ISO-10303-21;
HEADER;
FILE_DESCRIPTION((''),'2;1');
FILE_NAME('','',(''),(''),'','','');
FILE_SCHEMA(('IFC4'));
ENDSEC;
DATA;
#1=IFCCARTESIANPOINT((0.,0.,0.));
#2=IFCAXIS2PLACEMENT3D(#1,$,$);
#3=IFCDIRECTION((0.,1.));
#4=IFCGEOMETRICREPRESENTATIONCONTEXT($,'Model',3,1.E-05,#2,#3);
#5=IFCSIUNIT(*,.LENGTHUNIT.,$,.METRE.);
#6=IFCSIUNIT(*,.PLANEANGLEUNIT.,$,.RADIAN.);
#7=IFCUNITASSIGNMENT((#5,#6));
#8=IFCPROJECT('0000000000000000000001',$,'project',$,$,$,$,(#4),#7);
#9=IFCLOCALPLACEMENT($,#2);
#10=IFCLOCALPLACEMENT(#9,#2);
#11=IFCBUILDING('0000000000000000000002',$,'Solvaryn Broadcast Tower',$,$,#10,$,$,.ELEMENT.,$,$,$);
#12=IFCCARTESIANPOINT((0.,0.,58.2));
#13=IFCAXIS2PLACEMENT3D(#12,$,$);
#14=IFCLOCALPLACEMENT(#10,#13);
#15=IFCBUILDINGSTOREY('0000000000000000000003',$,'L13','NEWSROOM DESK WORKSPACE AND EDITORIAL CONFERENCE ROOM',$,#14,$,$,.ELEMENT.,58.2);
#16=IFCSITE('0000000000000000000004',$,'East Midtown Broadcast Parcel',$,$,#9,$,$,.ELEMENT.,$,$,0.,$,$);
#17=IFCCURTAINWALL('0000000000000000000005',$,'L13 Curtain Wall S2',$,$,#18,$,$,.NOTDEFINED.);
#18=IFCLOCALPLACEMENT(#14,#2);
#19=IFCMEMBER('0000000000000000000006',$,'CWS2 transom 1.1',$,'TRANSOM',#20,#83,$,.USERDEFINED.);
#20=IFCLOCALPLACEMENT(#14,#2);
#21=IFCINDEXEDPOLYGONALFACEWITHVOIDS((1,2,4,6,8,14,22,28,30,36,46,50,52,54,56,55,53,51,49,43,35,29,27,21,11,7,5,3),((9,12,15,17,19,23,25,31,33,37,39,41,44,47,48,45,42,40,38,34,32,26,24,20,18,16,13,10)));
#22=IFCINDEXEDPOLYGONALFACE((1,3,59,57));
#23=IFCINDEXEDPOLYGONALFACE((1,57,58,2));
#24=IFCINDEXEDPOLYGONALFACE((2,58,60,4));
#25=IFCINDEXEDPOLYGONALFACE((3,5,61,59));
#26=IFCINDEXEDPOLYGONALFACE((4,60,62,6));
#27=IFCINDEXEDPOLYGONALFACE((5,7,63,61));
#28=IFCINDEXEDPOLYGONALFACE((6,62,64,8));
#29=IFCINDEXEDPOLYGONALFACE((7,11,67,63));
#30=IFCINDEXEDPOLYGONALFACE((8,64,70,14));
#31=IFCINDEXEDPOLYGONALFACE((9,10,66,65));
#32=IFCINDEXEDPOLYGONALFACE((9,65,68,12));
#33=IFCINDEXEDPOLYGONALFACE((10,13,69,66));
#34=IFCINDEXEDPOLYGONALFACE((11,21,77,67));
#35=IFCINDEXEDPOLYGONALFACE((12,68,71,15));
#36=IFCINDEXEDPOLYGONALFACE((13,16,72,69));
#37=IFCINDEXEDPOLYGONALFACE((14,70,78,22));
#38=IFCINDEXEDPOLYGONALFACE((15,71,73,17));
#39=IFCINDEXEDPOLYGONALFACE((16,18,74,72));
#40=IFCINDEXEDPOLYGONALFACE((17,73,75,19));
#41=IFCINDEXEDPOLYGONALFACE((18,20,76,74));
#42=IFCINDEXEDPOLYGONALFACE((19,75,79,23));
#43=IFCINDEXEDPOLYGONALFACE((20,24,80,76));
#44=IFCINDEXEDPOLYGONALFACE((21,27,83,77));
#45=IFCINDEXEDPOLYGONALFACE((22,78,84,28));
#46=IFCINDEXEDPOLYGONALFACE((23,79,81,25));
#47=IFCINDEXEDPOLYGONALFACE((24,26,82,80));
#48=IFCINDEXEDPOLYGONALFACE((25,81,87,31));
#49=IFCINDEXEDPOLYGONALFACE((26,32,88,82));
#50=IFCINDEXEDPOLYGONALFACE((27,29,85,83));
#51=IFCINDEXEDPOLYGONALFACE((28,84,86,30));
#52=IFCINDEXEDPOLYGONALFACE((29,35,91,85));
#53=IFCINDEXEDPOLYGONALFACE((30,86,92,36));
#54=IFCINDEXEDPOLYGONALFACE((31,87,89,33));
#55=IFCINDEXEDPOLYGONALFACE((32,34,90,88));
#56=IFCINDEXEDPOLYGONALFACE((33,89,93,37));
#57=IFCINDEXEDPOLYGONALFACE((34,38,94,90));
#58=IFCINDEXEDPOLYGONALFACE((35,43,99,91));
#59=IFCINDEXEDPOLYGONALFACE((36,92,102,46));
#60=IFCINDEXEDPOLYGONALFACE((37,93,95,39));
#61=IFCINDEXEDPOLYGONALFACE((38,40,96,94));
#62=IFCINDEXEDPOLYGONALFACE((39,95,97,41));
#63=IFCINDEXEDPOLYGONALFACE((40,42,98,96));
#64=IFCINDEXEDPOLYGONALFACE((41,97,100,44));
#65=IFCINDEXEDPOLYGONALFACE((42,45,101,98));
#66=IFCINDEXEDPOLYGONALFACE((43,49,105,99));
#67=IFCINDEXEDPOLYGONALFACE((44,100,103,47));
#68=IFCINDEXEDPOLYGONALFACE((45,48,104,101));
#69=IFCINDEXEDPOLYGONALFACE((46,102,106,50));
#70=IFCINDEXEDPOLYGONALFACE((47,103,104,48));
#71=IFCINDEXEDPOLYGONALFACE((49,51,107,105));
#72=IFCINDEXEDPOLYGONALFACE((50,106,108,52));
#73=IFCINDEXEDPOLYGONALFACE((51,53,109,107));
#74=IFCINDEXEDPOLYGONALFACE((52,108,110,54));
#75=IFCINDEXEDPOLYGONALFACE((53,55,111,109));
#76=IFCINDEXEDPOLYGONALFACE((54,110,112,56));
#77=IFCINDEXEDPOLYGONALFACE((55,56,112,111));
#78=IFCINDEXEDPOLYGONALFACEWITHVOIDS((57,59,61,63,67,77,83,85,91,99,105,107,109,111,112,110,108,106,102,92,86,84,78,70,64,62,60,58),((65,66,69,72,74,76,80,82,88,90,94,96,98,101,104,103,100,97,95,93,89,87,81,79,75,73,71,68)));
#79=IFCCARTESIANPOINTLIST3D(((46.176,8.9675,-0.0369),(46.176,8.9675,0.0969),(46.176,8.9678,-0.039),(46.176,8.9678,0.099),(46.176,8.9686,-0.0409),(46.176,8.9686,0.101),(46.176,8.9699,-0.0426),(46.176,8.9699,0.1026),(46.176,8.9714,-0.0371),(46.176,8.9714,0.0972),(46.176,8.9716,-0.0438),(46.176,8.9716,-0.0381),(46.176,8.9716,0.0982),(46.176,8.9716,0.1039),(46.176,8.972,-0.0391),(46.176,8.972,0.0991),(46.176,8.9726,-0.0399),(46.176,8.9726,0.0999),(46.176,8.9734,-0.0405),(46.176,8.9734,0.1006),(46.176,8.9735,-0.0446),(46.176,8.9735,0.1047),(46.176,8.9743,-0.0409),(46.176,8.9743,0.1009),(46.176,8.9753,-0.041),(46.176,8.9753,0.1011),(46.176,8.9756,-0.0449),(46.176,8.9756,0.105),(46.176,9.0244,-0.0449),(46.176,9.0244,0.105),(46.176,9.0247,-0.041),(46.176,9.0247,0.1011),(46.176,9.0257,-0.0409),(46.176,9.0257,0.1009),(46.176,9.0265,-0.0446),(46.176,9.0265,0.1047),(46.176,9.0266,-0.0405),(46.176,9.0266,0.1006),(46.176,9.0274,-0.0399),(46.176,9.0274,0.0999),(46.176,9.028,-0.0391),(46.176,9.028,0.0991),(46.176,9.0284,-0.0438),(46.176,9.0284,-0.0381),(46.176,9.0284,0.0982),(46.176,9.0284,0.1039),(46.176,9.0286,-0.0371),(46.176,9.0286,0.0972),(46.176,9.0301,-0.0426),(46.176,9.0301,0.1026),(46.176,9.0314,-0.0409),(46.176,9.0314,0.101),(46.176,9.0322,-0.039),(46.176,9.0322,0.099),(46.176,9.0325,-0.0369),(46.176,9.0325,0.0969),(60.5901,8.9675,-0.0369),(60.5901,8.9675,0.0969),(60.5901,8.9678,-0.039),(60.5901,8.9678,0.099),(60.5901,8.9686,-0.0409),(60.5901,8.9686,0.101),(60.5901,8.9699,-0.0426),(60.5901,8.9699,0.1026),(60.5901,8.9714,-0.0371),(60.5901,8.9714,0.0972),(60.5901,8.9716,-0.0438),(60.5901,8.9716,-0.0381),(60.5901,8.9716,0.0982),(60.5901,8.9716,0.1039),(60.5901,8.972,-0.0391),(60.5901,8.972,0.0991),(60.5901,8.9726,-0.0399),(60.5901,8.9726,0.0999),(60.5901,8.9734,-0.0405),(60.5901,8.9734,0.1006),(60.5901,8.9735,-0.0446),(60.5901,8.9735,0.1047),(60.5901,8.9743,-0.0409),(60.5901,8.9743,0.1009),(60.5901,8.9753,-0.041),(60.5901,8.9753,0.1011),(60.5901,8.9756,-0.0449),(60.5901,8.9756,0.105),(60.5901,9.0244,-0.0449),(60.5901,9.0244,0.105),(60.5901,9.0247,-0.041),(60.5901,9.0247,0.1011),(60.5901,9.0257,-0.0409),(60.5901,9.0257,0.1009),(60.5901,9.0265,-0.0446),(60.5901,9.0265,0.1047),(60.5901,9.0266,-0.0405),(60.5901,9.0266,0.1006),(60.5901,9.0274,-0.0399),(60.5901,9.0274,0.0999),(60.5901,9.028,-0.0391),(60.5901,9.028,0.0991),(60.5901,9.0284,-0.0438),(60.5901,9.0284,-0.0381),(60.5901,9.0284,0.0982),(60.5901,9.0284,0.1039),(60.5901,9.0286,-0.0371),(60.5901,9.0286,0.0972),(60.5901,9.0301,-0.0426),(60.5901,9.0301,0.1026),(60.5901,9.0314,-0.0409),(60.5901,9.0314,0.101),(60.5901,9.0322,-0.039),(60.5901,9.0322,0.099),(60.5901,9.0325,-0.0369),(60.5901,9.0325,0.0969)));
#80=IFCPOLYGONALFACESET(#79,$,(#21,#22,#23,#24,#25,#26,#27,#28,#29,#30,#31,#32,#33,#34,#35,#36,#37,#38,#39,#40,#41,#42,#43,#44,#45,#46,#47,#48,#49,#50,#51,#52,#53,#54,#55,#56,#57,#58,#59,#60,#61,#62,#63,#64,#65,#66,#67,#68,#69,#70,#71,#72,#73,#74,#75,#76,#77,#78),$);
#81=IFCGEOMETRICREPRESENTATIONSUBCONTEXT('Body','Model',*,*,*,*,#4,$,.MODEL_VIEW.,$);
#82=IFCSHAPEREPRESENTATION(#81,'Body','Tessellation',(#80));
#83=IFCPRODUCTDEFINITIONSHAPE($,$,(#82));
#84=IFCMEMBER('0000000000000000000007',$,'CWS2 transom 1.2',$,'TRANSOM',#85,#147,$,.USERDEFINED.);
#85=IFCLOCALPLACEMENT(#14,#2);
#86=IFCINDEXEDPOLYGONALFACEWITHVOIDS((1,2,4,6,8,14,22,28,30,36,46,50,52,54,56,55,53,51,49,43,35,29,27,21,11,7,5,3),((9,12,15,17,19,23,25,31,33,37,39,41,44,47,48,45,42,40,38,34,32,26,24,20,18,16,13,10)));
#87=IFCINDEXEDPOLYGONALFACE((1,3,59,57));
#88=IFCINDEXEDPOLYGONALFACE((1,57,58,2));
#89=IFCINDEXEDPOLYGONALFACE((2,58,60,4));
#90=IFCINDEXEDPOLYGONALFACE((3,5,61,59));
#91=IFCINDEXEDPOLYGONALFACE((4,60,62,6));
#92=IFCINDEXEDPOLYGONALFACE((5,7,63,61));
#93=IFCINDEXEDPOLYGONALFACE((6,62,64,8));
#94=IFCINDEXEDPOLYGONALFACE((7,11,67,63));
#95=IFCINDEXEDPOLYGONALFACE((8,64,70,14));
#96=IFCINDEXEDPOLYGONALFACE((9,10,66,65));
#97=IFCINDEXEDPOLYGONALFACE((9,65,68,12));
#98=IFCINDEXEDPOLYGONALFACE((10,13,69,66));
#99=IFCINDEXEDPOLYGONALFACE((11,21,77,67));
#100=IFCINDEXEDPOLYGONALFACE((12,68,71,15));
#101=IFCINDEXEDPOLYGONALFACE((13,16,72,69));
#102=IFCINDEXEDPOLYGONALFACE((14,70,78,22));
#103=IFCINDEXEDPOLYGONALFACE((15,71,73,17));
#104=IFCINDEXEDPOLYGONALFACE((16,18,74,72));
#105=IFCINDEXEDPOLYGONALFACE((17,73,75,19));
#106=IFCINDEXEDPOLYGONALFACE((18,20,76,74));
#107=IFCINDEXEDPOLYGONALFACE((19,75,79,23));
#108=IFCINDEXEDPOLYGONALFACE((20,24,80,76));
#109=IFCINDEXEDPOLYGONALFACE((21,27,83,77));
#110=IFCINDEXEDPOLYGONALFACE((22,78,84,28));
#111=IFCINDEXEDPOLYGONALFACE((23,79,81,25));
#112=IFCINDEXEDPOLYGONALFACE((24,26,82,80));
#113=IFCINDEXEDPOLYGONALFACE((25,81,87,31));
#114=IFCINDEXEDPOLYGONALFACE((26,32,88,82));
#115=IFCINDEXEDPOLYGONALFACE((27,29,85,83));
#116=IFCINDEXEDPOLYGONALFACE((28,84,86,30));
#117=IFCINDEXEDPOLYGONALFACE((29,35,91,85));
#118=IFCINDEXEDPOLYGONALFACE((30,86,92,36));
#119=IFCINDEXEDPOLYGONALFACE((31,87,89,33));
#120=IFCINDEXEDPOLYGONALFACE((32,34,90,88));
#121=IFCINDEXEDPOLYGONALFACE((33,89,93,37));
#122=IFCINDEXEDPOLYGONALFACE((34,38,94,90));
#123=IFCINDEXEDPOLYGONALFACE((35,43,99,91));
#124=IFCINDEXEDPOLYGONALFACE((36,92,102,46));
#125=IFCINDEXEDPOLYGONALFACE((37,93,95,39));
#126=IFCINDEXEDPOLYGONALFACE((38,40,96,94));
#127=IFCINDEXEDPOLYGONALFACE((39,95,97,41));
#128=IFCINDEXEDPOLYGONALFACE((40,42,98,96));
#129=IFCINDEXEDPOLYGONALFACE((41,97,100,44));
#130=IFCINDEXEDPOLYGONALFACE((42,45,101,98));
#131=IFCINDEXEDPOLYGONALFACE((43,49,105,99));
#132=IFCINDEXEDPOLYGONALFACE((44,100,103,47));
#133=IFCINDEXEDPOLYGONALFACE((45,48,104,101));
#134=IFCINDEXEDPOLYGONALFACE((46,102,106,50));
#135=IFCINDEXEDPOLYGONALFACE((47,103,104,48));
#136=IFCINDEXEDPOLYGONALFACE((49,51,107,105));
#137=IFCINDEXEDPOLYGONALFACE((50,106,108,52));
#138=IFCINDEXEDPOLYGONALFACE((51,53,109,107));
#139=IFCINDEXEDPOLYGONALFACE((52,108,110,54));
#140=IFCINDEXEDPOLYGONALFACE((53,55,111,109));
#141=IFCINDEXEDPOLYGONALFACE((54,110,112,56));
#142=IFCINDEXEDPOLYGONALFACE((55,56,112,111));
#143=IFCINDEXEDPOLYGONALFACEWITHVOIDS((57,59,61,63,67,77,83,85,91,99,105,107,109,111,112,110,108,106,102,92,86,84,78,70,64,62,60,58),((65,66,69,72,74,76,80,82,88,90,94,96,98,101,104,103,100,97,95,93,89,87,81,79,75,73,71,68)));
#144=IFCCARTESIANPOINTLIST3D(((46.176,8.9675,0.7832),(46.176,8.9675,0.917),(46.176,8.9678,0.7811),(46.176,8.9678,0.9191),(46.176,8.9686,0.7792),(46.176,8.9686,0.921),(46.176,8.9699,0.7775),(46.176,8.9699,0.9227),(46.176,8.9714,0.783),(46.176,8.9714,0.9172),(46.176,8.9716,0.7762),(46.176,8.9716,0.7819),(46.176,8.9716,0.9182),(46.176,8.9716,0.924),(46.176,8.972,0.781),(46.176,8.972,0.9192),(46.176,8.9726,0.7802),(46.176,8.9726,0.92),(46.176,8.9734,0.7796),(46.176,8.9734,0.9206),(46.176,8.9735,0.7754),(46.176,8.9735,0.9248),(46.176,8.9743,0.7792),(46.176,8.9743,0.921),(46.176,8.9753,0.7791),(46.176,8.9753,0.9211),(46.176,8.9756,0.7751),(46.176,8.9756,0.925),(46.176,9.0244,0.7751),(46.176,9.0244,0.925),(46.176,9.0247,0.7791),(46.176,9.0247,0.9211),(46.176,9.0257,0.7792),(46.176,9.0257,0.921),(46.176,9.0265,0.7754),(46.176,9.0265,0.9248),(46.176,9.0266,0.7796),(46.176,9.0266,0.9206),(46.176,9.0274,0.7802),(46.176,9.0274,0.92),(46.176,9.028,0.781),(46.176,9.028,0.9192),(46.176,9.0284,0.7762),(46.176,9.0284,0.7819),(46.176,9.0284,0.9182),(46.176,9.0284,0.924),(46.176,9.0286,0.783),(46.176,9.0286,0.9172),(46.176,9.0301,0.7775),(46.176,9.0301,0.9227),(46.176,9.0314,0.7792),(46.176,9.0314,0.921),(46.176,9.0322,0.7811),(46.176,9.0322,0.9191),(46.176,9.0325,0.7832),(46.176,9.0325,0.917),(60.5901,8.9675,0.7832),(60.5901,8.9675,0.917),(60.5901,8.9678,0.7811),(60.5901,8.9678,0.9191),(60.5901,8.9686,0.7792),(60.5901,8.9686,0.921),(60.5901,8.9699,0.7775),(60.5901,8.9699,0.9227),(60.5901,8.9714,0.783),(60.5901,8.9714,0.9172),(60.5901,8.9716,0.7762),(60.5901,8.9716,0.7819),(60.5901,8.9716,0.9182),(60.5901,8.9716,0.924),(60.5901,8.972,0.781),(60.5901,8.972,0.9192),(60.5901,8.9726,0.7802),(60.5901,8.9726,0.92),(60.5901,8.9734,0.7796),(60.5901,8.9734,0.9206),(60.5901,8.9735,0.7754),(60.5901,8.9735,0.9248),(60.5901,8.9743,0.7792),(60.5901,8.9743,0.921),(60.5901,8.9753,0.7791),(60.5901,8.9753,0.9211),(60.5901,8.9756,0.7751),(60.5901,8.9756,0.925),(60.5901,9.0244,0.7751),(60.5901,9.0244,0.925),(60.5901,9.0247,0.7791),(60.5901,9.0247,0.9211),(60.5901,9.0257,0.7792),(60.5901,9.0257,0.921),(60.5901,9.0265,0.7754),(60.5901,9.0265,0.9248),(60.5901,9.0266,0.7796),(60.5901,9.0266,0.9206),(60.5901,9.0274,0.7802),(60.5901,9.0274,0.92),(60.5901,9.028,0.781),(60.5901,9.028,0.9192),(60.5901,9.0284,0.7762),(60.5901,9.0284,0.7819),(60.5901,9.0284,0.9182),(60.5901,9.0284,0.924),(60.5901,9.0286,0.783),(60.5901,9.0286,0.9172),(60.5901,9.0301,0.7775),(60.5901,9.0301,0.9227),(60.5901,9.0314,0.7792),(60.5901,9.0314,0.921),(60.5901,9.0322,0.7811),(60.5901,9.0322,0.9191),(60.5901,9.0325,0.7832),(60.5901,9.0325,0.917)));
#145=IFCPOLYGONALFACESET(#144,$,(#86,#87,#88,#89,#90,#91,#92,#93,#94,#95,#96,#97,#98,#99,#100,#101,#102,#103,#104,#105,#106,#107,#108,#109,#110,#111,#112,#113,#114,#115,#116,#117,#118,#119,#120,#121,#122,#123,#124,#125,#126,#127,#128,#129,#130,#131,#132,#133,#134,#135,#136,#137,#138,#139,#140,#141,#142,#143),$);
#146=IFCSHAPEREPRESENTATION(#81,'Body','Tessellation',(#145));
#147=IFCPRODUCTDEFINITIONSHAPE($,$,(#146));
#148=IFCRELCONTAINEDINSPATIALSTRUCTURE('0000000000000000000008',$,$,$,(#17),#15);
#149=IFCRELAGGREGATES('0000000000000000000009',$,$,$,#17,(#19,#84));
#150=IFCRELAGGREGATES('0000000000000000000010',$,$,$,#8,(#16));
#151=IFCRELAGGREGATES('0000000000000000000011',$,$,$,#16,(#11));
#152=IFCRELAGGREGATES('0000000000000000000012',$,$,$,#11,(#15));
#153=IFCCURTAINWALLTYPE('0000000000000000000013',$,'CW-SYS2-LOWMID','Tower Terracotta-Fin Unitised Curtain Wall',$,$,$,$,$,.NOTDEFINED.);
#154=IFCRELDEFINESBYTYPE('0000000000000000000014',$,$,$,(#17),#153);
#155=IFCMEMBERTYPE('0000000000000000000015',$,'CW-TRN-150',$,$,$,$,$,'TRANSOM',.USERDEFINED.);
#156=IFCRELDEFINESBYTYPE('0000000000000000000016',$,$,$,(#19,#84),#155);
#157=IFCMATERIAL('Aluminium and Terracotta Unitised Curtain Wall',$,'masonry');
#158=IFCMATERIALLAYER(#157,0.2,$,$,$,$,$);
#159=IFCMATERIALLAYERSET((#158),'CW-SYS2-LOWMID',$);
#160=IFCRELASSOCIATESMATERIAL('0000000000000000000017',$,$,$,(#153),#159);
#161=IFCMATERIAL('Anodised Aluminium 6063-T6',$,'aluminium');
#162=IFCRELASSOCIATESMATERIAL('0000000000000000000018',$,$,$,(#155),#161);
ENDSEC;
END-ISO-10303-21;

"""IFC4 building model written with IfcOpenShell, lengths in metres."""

from ifc_helpers import new_model, si_unit, direction, frame, origin, origin_2d, place, context, subcontext, project, spatial, hollow_rectangle, extrude, material, layer, layer_set, material_profile, profile_set, type_object, element, aggregate, save


model = new_model("IFC4")

# Units and contexts
model_context = context("Model", 3, precision=1e-05, world=origin(), true_north=direction((0.0, 1.0)))
body_context = subcontext(model_context, "Body", "Model", "MODEL_VIEW")
ifc_project = project(units=[si_unit("LENGTHUNIT", "METRE"), si_unit("PLANEANGLEUNIT", "RADIAN")], contexts=[model_context])

# Site, building, storey
site_placement = place(None, origin())
site = spatial("IfcSite", under=ifc_project, at=site_placement, Name="East Midtown Broadcast Parcel", CompositionType="ELEMENT", RefElevation=0.0)
building_placement = place(site_placement, origin())
building = spatial("IfcBuilding", under=site, at=building_placement, Name="Solvaryn Broadcast Tower", CompositionType="ELEMENT")
storey_placement = place(building_placement, frame((0.0, 0.0, 58.2)))
storey = spatial("IfcBuildingStorey", under=building, at=storey_placement, Name="L13", Description="NEWSROOM DESK WORKSPACE AND EDITORIAL CONFERENCE ROOM", CompositionType="ELEMENT", Elevation=58.2)

# Shared definitions
ifc_material_1 = material(Name="Aluminium and Terracotta Unitised Curtain Wall", Category="masonry")
ifc_layer_1 = layer(ifc_material_1, 0.2)
ifc_layer_set_1 = layer_set([ifc_layer_1], Name="CW-SYS2-LOWMID")
curtain_wall_type = type_object("IfcCurtainWallType", Name="CW-SYS2-LOWMID", Description="Tower Terracotta-Fin Unitised Curtain Wall", PredefinedType="NOTDEFINED", material=ifc_layer_set_1)

# Curtain wall, members
curtain_wall_1_placement = place(storey_placement, origin())
curtain_wall_1 = element("IfcCurtainWall", 1, at=curtain_wall_1_placement, inside=storey, type_object=curtain_wall_type, Name="L13 Curtain Wall S2", PredefinedType="NOTDEFINED")
ifc_material_2 = material(Name="Anodised Aluminium 6063-T6", Category="aluminium")
ifc_material_profile_1 = material_profile(ifc_material_2, hollow_rectangle(XDim=0.0649, YDim=0.1499, WallThickness=0.0039, InnerFilletRadius=0.0039, OuterFilletRadius=0.0081, at=origin_2d()))
ifc_profile_set_1 = profile_set([ifc_material_profile_1], Name="Anodised Aluminium 6063-T6")
member_type_1 = type_object("IfcMemberType", Name="CW-TRN-150", ElementType="TRANSOM", PredefinedType="USERDEFINED", material=ifc_profile_set_1)
member_1_placement = place(storey_placement, frame((46.176, 9.0, 0.03), z_axis=(1.0, 0.0, 0.0), x_axis=(0.0, 1.0, 0.0)))
member_1 = element("IfcMember", 2, at=member_1_placement, type_object=member_type_1, Name="CWS2 transom 1.1", ObjectType="TRANSOM", PredefinedType="USERDEFINED", context=body_context, shape_type="SweptSolid", body=[
    extrude(hollow_rectangle(XDim=0.0649, YDim=0.1499, WallThickness=0.0039, InnerFilletRadius=0.0039, OuterFilletRadius=0.0081, at=origin_2d()), origin(), (0.0, 0.0, 1.0), 14.4141),
])
member_2_placement = place(storey_placement, frame((46.176, 9.0, 0.8501), z_axis=(1.0, 0.0, 0.0), x_axis=(0.0, 1.0, 0.0)))
member_2 = element("IfcMember", 3, at=member_2_placement, type_object=member_type_1, Name="CWS2 transom 1.2", ObjectType="TRANSOM", PredefinedType="USERDEFINED", context=body_context, shape_type="SweptSolid", body=[
    extrude(hollow_rectangle(XDim=0.0649, YDim=0.1499, WallThickness=0.0039, InnerFilletRadius=0.0039, OuterFilletRadius=0.0081, at=origin_2d()), origin(), (0.0, 0.0, 1.0), 14.4141),
])
aggregate(curtain_wall_1, [member_1, member_2])

save(model, "model.ifc")
